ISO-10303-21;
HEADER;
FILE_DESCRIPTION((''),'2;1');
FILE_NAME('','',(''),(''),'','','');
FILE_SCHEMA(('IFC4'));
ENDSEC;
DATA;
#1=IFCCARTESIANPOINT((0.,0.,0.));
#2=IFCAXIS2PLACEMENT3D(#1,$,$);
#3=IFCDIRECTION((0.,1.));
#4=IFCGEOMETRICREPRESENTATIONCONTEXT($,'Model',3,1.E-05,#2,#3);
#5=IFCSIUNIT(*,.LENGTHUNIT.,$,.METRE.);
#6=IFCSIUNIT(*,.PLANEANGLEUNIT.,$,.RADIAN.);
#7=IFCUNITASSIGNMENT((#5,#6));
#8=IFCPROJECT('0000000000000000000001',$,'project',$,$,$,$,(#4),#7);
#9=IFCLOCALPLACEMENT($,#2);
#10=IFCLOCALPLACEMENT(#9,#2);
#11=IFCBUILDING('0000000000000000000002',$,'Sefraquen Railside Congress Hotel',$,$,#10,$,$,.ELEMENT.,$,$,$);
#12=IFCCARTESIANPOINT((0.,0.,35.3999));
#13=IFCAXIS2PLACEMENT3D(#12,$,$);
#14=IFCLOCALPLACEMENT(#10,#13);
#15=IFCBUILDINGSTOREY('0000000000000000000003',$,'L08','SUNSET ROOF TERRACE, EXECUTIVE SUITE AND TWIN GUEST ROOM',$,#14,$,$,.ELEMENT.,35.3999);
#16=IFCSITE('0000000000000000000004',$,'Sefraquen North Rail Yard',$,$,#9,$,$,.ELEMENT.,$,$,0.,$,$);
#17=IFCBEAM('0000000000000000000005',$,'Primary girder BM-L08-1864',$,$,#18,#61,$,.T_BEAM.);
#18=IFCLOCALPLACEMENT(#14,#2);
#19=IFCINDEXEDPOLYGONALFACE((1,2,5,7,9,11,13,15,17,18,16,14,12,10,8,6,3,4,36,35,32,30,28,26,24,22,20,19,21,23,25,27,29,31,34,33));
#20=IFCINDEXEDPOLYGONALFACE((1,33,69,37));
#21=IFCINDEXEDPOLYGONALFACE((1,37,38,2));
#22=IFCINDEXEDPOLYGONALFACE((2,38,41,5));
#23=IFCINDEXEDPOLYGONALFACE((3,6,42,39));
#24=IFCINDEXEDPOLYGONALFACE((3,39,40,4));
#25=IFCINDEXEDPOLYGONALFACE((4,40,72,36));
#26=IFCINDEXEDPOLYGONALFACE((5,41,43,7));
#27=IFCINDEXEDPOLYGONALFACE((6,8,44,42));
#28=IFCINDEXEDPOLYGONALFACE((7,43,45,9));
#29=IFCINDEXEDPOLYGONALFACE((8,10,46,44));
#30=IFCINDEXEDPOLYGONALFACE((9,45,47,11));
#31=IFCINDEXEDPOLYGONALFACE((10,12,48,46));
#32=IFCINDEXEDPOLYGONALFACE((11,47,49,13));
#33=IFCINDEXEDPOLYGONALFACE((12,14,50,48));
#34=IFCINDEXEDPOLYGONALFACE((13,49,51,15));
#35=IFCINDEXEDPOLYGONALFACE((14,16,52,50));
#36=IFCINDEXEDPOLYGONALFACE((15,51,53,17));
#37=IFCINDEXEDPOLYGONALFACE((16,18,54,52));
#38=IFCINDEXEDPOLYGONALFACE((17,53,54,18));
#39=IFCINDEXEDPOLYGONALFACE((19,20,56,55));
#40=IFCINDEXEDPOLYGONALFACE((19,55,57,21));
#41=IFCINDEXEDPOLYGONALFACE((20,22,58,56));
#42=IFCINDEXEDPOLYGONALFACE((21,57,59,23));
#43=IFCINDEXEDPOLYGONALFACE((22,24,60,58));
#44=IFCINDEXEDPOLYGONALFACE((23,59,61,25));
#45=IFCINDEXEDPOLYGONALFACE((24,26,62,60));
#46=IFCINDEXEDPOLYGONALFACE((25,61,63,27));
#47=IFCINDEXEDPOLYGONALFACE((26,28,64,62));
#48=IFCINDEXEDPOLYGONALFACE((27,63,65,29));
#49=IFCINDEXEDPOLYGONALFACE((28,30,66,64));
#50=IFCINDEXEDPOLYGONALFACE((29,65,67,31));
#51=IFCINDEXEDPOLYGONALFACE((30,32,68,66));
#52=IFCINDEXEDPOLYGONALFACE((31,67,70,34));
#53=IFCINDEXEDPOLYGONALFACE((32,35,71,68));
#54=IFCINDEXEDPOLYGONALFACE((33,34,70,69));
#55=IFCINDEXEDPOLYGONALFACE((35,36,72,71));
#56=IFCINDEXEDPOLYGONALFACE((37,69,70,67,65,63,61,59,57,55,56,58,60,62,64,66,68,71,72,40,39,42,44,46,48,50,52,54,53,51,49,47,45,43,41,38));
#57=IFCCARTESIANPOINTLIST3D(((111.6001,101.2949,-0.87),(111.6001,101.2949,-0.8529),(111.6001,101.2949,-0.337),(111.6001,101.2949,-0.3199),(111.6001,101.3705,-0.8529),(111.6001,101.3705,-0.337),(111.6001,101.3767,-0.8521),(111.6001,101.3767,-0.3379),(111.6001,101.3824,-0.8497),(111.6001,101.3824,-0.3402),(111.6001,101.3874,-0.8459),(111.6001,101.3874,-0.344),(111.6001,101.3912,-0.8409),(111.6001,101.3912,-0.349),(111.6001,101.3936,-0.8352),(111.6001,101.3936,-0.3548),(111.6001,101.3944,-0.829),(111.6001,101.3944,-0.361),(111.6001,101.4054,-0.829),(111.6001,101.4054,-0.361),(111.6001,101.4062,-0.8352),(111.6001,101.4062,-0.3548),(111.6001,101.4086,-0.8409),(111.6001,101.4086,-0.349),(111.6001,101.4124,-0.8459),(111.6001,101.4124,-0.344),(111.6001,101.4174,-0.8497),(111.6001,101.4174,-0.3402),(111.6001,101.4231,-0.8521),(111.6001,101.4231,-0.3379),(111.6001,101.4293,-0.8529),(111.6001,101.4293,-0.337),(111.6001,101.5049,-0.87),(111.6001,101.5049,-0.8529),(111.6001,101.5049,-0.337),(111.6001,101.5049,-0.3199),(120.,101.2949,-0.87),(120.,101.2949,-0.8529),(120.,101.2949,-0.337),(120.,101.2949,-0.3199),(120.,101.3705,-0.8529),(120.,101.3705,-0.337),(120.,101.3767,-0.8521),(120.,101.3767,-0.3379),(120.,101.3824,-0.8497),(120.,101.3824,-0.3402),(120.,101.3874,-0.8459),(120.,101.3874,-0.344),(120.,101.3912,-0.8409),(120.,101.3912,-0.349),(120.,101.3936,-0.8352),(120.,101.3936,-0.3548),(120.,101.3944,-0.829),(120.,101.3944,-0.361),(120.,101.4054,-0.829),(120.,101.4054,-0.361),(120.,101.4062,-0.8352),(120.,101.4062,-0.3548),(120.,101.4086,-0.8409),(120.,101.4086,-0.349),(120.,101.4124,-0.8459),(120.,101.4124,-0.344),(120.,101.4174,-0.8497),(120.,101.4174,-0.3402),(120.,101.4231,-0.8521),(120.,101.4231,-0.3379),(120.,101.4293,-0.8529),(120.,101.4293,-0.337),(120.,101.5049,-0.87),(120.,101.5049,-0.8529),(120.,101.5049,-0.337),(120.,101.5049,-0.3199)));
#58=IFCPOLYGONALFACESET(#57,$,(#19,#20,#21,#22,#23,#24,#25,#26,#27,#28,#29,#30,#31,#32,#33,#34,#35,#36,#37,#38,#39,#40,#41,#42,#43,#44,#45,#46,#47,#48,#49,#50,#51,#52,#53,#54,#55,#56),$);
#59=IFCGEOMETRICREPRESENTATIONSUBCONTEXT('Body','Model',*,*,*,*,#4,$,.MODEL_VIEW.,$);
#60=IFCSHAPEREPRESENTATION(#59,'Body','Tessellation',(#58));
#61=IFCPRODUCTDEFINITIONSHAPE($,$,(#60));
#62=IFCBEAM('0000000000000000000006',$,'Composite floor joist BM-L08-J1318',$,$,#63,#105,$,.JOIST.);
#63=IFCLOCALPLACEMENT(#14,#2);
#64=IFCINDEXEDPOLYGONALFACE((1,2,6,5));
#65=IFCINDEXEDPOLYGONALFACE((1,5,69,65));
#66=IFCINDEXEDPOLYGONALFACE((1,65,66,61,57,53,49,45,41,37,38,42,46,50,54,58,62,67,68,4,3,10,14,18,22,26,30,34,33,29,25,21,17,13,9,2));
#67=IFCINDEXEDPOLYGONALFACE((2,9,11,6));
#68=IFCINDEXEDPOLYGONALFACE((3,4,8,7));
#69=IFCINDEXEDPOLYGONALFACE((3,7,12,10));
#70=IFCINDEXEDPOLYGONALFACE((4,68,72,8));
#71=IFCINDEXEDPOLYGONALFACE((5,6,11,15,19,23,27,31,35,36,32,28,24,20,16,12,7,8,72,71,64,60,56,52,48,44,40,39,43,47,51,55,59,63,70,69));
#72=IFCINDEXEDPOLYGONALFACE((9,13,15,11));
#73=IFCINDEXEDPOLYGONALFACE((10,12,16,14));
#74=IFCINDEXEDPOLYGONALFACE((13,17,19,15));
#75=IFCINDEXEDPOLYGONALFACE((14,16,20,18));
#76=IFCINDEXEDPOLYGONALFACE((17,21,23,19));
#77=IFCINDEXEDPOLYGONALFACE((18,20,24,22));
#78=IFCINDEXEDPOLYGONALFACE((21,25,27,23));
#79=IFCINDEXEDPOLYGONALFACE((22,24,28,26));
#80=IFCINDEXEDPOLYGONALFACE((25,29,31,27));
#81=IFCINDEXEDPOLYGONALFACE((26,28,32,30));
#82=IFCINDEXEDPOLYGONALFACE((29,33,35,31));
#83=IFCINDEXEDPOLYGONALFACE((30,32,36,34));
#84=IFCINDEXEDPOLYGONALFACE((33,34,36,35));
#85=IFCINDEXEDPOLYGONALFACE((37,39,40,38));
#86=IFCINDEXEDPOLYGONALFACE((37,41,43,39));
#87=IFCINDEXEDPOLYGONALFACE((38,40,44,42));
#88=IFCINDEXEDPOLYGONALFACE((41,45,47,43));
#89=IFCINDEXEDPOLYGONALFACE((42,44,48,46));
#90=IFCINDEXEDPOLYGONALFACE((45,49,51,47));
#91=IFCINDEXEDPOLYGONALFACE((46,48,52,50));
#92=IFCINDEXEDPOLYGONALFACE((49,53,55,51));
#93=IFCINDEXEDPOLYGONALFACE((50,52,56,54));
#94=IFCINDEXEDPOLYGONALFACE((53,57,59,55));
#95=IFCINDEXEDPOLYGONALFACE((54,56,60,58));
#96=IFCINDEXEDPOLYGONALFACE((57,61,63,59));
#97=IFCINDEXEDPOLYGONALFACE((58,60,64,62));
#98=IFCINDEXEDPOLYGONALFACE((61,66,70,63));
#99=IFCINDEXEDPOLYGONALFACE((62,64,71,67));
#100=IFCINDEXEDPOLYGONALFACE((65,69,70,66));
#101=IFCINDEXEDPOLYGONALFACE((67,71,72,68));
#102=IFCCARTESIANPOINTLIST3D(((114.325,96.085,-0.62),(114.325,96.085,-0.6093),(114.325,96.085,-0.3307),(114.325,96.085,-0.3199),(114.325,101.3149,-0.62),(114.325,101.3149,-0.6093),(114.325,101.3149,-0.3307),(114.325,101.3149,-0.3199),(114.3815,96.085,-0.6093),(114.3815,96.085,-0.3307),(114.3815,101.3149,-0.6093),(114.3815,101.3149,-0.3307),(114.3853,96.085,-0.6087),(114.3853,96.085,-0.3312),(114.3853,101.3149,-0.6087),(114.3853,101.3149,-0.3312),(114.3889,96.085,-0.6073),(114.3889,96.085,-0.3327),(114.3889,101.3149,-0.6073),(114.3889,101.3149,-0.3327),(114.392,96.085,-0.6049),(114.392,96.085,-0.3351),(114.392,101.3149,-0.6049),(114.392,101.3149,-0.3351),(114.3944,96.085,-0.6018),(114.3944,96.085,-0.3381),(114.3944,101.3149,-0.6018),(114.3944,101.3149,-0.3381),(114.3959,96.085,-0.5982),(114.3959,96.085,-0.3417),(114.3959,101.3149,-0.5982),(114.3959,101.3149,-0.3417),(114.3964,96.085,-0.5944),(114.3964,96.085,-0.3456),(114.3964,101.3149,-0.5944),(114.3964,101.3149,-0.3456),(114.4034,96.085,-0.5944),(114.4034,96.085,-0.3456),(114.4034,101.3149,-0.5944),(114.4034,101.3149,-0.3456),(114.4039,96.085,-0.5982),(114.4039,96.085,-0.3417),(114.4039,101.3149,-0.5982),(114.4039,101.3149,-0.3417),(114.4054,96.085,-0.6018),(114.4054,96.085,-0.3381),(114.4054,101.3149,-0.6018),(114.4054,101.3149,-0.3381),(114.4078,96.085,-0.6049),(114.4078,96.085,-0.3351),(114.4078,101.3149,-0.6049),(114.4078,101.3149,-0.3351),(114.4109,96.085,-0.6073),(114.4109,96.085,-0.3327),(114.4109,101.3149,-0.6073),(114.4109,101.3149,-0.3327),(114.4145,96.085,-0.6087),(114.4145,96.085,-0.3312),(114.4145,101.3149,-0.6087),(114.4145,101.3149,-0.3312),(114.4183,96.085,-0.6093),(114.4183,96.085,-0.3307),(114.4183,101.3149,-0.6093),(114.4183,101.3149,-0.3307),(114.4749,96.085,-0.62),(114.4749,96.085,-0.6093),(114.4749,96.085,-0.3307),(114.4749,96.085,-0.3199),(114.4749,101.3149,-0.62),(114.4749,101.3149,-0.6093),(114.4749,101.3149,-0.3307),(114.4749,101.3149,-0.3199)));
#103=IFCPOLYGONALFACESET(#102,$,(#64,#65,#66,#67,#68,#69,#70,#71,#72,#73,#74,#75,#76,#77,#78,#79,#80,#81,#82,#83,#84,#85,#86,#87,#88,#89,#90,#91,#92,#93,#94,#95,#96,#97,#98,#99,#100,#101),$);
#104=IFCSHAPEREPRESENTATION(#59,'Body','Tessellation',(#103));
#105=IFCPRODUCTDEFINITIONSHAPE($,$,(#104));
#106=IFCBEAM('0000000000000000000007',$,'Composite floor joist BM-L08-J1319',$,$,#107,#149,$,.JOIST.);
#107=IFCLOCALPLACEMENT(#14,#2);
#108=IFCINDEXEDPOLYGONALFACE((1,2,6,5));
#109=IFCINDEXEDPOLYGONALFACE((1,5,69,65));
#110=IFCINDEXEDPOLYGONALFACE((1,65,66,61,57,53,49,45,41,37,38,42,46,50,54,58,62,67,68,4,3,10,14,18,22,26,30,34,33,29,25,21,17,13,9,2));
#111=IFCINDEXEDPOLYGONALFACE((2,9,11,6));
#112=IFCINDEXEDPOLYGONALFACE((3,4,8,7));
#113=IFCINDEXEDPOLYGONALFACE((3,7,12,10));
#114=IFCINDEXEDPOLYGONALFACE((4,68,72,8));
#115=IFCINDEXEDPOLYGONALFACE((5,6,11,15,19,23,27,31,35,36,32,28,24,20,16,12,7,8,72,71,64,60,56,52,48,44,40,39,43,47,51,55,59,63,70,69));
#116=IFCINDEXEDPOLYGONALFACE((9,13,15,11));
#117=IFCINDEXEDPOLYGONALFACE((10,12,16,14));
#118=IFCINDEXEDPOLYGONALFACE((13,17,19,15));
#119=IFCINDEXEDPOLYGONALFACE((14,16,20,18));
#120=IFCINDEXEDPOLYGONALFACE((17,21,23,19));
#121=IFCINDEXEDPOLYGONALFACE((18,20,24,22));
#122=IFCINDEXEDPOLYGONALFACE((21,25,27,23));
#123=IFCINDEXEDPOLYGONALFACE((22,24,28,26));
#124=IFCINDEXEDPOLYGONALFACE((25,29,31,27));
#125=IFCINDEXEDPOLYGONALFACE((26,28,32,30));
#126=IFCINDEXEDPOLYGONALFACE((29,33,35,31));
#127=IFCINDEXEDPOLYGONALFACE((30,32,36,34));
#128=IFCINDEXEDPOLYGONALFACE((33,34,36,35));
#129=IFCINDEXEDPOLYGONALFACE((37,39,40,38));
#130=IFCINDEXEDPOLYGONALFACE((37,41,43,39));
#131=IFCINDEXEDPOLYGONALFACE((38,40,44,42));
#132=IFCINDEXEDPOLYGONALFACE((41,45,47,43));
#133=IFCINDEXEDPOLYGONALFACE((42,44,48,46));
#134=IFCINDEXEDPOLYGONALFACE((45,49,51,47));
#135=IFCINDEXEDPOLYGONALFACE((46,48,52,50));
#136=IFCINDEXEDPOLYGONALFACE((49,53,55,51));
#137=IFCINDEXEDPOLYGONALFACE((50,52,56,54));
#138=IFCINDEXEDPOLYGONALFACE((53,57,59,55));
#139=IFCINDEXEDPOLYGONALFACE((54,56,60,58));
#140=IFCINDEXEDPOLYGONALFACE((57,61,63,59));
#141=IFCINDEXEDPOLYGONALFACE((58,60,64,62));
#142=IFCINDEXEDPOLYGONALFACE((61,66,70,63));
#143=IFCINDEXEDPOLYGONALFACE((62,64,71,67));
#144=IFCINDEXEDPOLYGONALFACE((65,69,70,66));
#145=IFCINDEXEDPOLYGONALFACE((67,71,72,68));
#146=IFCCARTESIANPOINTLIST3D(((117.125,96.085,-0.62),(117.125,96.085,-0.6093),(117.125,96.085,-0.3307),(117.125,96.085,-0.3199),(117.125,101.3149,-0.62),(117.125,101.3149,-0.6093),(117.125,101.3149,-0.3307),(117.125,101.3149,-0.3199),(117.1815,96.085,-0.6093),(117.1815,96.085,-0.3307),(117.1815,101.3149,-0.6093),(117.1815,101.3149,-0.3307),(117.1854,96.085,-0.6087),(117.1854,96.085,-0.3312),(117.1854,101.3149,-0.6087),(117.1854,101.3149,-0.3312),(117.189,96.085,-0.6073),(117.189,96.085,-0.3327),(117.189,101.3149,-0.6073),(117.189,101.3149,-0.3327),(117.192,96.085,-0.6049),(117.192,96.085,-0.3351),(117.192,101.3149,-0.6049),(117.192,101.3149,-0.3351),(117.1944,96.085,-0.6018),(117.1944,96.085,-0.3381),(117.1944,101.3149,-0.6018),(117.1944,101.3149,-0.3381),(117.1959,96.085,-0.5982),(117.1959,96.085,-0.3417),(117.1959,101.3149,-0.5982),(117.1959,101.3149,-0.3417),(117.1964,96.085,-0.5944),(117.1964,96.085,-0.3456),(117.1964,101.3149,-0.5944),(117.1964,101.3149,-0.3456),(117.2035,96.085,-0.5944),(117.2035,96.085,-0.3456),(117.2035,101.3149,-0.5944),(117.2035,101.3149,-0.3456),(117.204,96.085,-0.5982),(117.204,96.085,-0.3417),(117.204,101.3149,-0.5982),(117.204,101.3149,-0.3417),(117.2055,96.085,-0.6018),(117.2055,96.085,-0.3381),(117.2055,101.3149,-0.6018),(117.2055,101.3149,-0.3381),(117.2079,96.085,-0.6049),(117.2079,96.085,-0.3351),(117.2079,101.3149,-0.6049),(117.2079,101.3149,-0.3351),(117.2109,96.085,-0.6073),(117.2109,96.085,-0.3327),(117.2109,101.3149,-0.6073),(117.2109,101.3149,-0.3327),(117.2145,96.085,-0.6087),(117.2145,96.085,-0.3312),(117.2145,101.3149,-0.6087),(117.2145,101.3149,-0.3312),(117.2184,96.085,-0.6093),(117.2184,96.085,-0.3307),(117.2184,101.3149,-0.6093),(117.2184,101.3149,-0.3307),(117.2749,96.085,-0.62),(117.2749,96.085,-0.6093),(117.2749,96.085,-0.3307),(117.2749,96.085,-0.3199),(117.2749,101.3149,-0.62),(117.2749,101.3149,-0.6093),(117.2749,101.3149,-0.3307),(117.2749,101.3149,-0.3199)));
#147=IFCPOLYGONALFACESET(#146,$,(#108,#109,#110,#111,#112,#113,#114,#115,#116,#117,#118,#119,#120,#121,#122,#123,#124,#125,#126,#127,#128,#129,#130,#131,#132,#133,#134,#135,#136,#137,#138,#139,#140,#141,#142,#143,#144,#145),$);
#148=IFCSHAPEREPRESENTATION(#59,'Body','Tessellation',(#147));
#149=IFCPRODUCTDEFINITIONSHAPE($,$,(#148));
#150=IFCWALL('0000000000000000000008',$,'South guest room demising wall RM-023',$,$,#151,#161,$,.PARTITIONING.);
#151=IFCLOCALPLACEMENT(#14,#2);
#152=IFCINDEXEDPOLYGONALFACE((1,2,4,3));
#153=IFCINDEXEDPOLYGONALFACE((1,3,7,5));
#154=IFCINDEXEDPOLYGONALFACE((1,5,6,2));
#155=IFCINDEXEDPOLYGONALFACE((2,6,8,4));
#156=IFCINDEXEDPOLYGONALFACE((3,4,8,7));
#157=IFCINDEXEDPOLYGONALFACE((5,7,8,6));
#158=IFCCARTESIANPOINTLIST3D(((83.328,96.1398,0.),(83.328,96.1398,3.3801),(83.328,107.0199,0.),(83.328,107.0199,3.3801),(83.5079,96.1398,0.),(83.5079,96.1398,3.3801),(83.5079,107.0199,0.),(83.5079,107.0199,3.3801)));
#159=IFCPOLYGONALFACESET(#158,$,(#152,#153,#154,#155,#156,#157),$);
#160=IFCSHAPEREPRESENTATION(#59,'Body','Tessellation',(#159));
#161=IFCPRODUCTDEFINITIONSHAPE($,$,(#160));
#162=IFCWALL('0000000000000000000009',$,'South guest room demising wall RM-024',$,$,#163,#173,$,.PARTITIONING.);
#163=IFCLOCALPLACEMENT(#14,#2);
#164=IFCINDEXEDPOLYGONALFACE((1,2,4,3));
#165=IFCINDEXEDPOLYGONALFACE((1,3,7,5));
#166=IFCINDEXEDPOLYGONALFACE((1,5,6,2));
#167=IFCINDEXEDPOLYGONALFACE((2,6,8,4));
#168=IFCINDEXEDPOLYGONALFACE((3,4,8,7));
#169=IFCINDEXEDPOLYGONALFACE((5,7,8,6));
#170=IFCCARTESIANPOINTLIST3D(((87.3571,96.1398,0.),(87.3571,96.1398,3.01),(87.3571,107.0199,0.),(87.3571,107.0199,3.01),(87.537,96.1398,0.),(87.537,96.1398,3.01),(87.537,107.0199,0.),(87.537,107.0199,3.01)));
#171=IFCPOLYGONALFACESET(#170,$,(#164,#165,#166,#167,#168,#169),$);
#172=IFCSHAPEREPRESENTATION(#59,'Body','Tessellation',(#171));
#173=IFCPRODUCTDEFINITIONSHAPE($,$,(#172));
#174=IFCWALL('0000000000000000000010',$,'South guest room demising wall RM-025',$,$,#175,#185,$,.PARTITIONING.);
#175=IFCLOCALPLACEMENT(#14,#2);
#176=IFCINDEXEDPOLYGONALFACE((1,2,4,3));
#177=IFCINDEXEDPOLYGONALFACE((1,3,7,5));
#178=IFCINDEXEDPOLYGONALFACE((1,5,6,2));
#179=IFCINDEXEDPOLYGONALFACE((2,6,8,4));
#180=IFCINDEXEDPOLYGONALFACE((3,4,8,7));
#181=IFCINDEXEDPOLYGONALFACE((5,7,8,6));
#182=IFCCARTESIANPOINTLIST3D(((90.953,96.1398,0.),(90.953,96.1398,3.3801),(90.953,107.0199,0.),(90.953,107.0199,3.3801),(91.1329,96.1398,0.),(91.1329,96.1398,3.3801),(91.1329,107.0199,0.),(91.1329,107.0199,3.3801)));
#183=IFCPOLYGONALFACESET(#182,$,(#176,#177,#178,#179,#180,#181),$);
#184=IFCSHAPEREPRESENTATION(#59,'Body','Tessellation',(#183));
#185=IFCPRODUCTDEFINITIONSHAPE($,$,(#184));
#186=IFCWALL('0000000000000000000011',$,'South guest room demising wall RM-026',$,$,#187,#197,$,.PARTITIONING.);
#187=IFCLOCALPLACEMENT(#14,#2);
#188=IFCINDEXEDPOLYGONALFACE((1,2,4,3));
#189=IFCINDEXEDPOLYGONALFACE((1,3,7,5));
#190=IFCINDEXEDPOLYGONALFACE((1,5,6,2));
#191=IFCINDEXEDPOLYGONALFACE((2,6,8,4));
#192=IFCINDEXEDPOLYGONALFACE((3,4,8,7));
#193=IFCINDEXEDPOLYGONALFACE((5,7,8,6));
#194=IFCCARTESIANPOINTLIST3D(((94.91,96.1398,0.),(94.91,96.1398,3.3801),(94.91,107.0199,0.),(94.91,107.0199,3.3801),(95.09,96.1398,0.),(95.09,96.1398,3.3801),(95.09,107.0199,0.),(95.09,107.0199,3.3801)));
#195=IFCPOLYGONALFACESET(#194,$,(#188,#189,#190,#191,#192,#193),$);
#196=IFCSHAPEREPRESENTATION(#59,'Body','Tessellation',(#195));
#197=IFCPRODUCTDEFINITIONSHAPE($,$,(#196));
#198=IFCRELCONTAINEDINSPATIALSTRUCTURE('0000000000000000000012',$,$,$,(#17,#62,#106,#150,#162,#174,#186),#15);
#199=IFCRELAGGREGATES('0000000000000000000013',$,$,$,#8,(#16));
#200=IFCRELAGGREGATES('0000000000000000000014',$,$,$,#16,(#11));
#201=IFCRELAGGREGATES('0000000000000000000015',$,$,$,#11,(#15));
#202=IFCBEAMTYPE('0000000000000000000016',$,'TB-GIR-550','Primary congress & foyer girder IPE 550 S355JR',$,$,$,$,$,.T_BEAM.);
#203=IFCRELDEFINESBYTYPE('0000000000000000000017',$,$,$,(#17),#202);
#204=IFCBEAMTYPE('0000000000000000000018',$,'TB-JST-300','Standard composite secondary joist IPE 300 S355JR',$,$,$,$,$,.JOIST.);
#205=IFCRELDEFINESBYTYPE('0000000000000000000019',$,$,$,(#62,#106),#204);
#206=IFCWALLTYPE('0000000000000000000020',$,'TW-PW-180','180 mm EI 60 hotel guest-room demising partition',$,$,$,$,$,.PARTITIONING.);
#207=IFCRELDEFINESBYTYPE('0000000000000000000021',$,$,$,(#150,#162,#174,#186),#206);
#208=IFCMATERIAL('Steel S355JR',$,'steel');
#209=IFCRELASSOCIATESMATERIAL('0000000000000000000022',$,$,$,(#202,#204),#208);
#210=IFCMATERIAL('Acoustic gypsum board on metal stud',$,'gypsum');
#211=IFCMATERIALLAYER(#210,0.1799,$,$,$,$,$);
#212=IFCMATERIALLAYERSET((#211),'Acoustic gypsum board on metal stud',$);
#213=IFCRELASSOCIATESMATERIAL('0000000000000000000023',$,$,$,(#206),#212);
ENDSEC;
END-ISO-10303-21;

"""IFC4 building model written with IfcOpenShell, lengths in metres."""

from ifc_helpers import new_model, si_unit, direction, frame, frame_2d, origin, origin_2d, place, context, subcontext, project, spatial, rectangle, i_section, extrude, material, layer, layer_set, material_profile, profile_set, type_object, element, save


model = new_model("IFC4")

# Units and contexts
model_context = context("Model", 3, precision=1e-05, world=origin(), true_north=direction((0.0, 1.0)))
body_context = subcontext(model_context, "Body", "Model", "MODEL_VIEW")
ifc_project = project(units=[si_unit("LENGTHUNIT", "METRE"), si_unit("PLANEANGLEUNIT", "RADIAN")], contexts=[model_context])

# Site, building, storey
site_placement = place(None, origin())
site = spatial("IfcSite", under=ifc_project, at=site_placement, Name="Sefraquen North Rail Yard", CompositionType="ELEMENT", RefElevation=0.0)
building_placement = place(site_placement, origin())
building = spatial("IfcBuilding", under=site, at=building_placement, Name="Sefraquen Railside Congress Hotel", CompositionType="ELEMENT")
storey_placement = place(building_placement, frame((0.0, 0.0, 35.3999)))
storey = spatial("IfcBuildingStorey", under=building, at=storey_placement, Name="L08", Description="SUNSET ROOF TERRACE, EXECUTIVE SUITE AND TWIN GUEST ROOM", CompositionType="ELEMENT", Elevation=35.3999)

# Shared definitions
ifc_material_1 = material(Name="Steel S355JR", Category="steel")

# Beams
ifc_material_profile_1 = material_profile(ifc_material_1, i_section(OverallWidth=0.21, OverallDepth=0.55, WebThickness=0.011, FlangeThickness=0.0171, FilletRadius=0.0239, at=origin_2d()), Name="IPE 550")
ifc_profile_set_1 = profile_set([ifc_material_profile_1], Name="Steel S355JR")
beam_type_1 = type_object("IfcBeamType", Name="TB-GIR-550", Description="Primary congress & foyer girder IPE 550 S355JR", PredefinedType="T_BEAM", material=ifc_profile_set_1)
beam_1_placement = place(storey_placement, frame((111.6001, 101.3999, -0.595), z_axis=(1.0, 0.0, 0.0), x_axis=(0.0, 1.0, 0.0)))
element("IfcBeam", 1, at=beam_1_placement, inside=storey, type_object=beam_type_1, Name="Primary girder BM-L08-1864", PredefinedType="T_BEAM", context=body_context, shape_type="SweptSolid", body=[
    extrude(i_section(OverallWidth=0.21, OverallDepth=0.55, WebThickness=0.011, FlangeThickness=0.0171, FilletRadius=0.0239, at=origin_2d()), origin(), (0.0, 0.0, 1.0), 8.3999),
])
ifc_material_profile_2 = material_profile(ifc_material_1, i_section(OverallWidth=0.1499, OverallDepth=0.3, WebThickness=0.0071, FlangeThickness=0.0107, FilletRadius=0.0149, at=origin_2d()), Name="IPE 300")
ifc_profile_set_2 = profile_set([ifc_material_profile_2], Name="Steel S355JR")
beam_type_2 = type_object("IfcBeamType", Name="TB-JST-300", Description="Standard composite secondary joist IPE 300 S355JR", PredefinedType="JOIST", material=ifc_profile_set_2)
for number, where, z_axis, x_axis, name in (
    (2, (114.3999, 96.085, -0.47), (0.0, 1.0, 0.0), (-1.0, 0.0, 0.0), "Composite floor joist BM-L08-J1318"),
    (3, (117.2, 96.085, -0.47), (0.0, 1.0, 0.0), (-1.0, 0.0, 0.0), "Composite floor joist BM-L08-J1319"),
):
    element("IfcBeam", number, at=place(storey_placement, frame(where, z_axis=z_axis, x_axis=x_axis)), inside=storey, type_object=beam_type_2, Name=name, PredefinedType="JOIST", context=body_context, shape_type="SweptSolid", body=[
        extrude(i_section(OverallWidth=0.1499, OverallDepth=0.3, WebThickness=0.0071, FlangeThickness=0.0107, FilletRadius=0.0149, at=origin_2d()), origin(), (0.0, 0.0, 1.0), 5.23),
    ])

# Walls
ifc_material_2 = material(Name="Acoustic gypsum board on metal stud", Category="gypsum")
ifc_layer = layer(ifc_material_2, 0.1799)
ifc_layer_set = layer_set([ifc_layer], Name="Acoustic gypsum board on metal stud")
wall_type = type_object("IfcWallType", Name="TW-PW-180", Description="180 mm EI 60 hotel guest-room demising partition", PredefinedType="PARTITIONING", material=ifc_layer_set)
wall_1_placement = place(storey_placement, frame((83.418, 96.1399, 0.0), z_axis=(0.0, 0.0, 1.0), x_axis=(0.0, 1.0, 0.0)))
element("IfcWall", 4, at=wall_1_placement, inside=storey, type_object=wall_type, Name="South guest room demising wall RM-023", PredefinedType="PARTITIONING", context=body_context, shape_type="SweptSolid", body=[
    extrude(rectangle(XDim=10.8801, YDim=0.1799, at=frame_2d((5.4399, 0.0))), origin(), (0.0, 0.0, 1.0), 3.3801),
])
wall_2_placement = place(storey_placement, frame((87.447, 96.1399, 0.0), z_axis=(0.0, 0.0, 1.0), x_axis=(0.0, 1.0, 0.0)))
element("IfcWall", 5, at=wall_2_placement, inside=storey, type_object=wall_type, Name="South guest room demising wall RM-024", PredefinedType="PARTITIONING", context=body_context, shape_type="SweptSolid", body=[
    extrude(rectangle(XDim=10.8801, YDim=0.1799, at=frame_2d((5.4399, 0.0))), origin(), (0.0, 0.0, 1.0), 3.01),
])
for number, where, z_axis, x_axis, name in (
    (6, (91.043, 96.1399, 0.0), (0.0, 0.0, 1.0), (0.0, 1.0, 0.0), "South guest room demising wall RM-025"),
    (7, (95.0, 96.1399, 0.0), (0.0, 0.0, 1.0), (0.0, 1.0, 0.0), "South guest room demising wall RM-026"),
):
    element("IfcWall", number, at=place(storey_placement, frame(where, z_axis=z_axis, x_axis=x_axis)), inside=storey, type_object=wall_type, Name=name, PredefinedType="PARTITIONING", context=body_context, shape_type="SweptSolid", body=[
        extrude(rectangle(XDim=10.8801, YDim=0.1799, at=frame_2d((5.4399, 0.0))), origin(), (0.0, 0.0, 1.0), 3.3801),
    ])

save(model, "model.ifc")
